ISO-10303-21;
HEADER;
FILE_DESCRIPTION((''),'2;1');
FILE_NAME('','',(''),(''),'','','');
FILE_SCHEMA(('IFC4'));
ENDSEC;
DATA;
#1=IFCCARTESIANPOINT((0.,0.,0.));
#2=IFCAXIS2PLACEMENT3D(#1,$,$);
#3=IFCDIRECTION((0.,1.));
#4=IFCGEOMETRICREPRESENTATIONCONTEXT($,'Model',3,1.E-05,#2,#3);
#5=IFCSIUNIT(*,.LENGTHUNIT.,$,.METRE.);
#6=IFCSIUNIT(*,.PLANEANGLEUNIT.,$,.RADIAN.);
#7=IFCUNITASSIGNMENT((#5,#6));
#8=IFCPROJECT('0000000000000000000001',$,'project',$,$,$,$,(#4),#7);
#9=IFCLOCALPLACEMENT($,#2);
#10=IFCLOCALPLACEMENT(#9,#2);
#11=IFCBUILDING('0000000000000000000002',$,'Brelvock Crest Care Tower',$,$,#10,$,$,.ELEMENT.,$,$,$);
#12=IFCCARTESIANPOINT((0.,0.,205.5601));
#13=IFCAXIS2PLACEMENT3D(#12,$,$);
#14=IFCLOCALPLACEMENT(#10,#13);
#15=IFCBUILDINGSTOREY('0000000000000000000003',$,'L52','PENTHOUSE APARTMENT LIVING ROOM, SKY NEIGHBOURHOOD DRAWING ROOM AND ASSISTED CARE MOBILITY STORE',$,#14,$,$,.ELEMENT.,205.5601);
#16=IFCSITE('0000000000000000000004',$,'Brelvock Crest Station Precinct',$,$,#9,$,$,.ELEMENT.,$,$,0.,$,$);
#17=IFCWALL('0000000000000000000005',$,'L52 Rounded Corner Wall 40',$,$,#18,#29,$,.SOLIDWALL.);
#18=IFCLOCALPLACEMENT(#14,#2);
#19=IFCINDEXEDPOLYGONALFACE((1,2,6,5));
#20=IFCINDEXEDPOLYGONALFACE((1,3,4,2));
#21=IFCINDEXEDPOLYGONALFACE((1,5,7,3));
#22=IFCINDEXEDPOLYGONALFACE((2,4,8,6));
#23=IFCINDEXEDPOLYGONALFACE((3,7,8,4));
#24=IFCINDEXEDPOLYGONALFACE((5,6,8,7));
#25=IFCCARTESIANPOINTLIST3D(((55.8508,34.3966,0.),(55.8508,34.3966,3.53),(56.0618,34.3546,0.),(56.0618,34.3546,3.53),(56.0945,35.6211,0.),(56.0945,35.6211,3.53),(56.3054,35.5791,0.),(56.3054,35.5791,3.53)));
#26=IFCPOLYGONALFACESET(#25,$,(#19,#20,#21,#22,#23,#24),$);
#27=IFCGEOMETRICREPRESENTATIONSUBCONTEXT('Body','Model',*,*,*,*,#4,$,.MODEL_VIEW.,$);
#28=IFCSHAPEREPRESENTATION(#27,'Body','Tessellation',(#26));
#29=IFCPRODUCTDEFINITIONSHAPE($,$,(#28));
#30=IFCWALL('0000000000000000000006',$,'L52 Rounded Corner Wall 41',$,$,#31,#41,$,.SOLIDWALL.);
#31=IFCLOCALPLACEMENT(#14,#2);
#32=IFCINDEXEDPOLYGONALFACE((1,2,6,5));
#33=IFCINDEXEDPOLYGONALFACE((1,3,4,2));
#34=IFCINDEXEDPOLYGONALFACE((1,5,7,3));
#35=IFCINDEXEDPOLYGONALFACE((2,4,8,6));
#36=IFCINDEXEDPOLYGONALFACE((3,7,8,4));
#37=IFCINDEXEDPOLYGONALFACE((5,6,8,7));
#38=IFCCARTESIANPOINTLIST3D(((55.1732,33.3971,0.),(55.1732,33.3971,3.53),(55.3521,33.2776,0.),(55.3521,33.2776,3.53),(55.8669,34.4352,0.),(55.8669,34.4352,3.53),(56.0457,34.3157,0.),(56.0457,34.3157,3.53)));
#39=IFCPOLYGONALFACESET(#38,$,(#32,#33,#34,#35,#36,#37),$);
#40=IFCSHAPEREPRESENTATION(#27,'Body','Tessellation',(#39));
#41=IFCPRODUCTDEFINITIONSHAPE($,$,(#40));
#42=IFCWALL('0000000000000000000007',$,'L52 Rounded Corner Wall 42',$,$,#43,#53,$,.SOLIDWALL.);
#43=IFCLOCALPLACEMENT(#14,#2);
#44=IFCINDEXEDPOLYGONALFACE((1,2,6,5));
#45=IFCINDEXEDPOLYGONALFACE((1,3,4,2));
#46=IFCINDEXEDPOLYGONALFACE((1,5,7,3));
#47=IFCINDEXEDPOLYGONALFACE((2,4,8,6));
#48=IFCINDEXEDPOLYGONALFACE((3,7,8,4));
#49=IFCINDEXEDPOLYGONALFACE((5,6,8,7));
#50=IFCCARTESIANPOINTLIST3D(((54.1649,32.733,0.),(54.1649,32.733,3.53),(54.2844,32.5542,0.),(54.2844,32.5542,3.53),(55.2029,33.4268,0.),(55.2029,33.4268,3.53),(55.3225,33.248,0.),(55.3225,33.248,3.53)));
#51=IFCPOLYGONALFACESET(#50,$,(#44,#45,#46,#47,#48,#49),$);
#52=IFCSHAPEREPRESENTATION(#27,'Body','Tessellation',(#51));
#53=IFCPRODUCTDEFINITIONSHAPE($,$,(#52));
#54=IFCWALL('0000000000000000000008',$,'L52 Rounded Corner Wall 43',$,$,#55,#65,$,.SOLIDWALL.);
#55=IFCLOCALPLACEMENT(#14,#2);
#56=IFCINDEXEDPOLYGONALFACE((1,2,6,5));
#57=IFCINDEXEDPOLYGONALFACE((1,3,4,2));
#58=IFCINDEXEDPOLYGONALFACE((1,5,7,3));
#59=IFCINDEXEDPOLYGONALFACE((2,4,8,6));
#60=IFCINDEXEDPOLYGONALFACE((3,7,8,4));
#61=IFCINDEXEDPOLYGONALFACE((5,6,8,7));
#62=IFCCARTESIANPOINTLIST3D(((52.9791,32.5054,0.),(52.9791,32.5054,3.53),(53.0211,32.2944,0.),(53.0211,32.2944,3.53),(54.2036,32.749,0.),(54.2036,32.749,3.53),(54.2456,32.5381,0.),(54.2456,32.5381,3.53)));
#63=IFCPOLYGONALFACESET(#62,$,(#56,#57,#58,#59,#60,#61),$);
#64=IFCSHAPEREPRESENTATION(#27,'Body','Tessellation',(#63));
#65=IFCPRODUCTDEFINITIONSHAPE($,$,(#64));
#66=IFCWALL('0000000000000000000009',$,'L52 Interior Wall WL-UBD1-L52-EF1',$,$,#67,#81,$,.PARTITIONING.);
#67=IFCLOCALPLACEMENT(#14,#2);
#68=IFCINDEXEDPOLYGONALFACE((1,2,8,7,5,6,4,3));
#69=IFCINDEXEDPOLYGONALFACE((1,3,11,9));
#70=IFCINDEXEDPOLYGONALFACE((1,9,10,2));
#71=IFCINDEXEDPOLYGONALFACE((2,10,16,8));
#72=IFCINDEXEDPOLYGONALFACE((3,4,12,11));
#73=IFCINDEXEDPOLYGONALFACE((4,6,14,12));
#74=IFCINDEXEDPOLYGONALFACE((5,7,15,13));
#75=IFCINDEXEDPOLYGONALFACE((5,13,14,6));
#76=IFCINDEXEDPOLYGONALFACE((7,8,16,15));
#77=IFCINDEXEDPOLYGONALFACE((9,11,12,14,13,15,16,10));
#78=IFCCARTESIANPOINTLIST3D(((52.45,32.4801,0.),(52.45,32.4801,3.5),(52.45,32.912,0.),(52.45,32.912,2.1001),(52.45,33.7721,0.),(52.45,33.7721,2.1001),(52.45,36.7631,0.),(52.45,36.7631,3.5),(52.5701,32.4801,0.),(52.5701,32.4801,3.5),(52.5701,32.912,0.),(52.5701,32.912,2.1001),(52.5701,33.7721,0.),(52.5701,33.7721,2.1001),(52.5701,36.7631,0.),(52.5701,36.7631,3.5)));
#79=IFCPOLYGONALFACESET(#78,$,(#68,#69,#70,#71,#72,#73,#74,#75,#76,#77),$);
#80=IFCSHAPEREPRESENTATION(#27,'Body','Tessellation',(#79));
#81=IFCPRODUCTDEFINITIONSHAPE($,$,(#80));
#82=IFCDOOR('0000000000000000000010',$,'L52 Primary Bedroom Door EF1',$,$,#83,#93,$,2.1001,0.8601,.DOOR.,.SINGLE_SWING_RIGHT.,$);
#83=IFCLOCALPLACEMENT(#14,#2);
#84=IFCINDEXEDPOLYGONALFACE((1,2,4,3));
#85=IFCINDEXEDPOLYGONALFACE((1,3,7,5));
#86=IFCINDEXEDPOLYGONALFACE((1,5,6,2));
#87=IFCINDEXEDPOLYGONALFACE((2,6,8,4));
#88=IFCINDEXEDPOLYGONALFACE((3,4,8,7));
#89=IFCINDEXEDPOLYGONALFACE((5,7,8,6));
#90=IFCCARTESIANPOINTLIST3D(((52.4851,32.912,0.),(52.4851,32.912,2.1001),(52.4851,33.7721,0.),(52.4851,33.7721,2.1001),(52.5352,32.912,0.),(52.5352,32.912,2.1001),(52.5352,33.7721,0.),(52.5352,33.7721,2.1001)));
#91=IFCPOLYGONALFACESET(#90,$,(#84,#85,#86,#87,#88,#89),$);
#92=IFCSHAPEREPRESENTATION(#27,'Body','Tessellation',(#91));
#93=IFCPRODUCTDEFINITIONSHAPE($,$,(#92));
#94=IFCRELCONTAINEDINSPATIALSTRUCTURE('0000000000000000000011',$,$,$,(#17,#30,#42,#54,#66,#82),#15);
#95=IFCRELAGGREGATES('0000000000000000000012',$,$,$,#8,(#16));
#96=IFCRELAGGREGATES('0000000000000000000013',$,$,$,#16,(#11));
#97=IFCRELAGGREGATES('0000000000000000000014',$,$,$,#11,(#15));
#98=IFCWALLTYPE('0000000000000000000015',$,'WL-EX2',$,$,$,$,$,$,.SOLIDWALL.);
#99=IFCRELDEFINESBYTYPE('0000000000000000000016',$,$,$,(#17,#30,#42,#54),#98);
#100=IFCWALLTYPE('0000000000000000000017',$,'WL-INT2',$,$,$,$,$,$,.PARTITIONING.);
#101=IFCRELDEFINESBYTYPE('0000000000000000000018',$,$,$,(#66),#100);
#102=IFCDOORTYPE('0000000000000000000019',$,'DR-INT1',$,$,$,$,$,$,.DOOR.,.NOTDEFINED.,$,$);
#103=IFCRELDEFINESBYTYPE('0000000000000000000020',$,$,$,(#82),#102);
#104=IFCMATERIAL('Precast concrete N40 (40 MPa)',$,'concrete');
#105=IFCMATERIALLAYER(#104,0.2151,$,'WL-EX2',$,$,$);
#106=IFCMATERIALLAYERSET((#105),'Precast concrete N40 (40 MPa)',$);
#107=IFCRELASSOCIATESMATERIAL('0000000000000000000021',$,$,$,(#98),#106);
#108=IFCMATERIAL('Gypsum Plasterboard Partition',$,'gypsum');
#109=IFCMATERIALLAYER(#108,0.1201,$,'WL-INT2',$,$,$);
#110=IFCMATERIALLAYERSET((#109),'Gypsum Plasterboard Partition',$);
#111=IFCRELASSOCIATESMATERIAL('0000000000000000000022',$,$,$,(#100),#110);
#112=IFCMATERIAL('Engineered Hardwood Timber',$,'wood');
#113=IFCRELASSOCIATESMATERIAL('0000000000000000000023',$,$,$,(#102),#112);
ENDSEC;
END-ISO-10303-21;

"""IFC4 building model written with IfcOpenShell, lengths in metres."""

from ifc_helpers import new_model, si_unit, direction, frame, frame_2d, origin, origin_2d, place, context, subcontext, project, spatial, rectangle, extrude, source, transform, mapped, material, layer, layer_set, type_object, element, fill, save


model = new_model("IFC4")

# Units and contexts
model_context = context("Model", 3, precision=1e-05, world=origin(), true_north=direction((0.0, 1.0)))
body_context = subcontext(model_context, "Body", "Model", "MODEL_VIEW")
ifc_project = project(units=[si_unit("LENGTHUNIT", "METRE"), si_unit("PLANEANGLEUNIT", "RADIAN")], contexts=[model_context])

# Site, building, storey
site_placement = place(None, origin())
site = spatial("IfcSite", under=ifc_project, at=site_placement, Name="Brelvock Crest Station Precinct", CompositionType="ELEMENT", RefElevation=0.0)
building_placement = place(site_placement, origin())
building = spatial("IfcBuilding", under=site, at=building_placement, Name="Brelvock Crest Care Tower", CompositionType="ELEMENT")
storey_placement = place(building_placement, frame((0.0, 0.0, 205.5601)))
storey = spatial("IfcBuildingStorey", under=building, at=storey_placement, Name="L52", Description="PENTHOUSE APARTMENT LIVING ROOM, SKY NEIGHBOURHOOD DRAWING ROOM AND ASSISTED CARE MOBILITY STORE", CompositionType="ELEMENT", Elevation=205.5601)

# Walls
ifc_material_1 = material(Name="Precast concrete N40 (40 MPa)", Category="concrete")
ifc_layer_1 = layer(ifc_material_1, 0.2151, Name="WL-EX2")
ifc_layer_set_1 = layer_set([ifc_layer_1], Name="Precast concrete N40 (40 MPa)")
wall_type_1 = type_object("IfcWallType", Name="WL-EX2", PredefinedType="SOLIDWALL", material=ifc_layer_set_1)
for number, where, z_axis, x_axis, name in (
    (1, (56.2, 35.6001, 0.0), (0.0, 0.0, 1.0), (-0.195138, -0.980776, 0.0), "L52 Rounded Corner Wall 40"),
    (2, (55.9563, 34.3755, 0.0), (0.0, 0.0, 1.0), (-0.555557, -0.831478, 0.0), "L52 Rounded Corner Wall 41"),
    (3, (55.2627, 33.3374, 0.0), (0.0, 0.0, 1.0), (-0.831388, -0.555692, 0.0), "L52 Rounded Corner Wall 42"),
    (4, (54.2246, 32.6436, 0.0), (0.0, 0.0, 1.0), (-0.980776, -0.195138, 0.0), "L52 Rounded Corner Wall 43"),
):
    element("IfcWall", number, at=place(storey_placement, frame(where, z_axis=z_axis, x_axis=x_axis)), inside=storey, type_object=wall_type_1, Name=name, PredefinedType="SOLIDWALL", context=body_context, shape_type="SweptSolid", body=[
        extrude(rectangle(XDim=1.2485, YDim=0.2151, at=frame_2d((0.6243, 0.0))), origin(), (0.0, 0.0, 1.0), 3.53),
    ])

# Wall, opening, door
ifc_material_2 = material(Name="Gypsum Plasterboard Partition", Category="gypsum")
ifc_layer_2 = layer(ifc_material_2, 0.1201, Name="WL-INT2")
ifc_layer_set_2 = layer_set([ifc_layer_2], Name="Gypsum Plasterboard Partition")
wall_type_2 = type_object("IfcWallType", Name="WL-INT2", PredefinedType="PARTITIONING", material=ifc_layer_set_2)
wall_placement = place(storey_placement, frame((52.51, 32.48, 0.0), z_axis=(0.0, 0.0, 1.0), x_axis=(0.0, 1.0, 0.0)))
wall = element("IfcWall", 5, at=wall_placement, inside=storey, type_object=wall_type_2, Name="L52 Interior Wall WL-UBD1-L52-EF1", PredefinedType="PARTITIONING", context=body_context, shape_type="SweptSolid", body=[
    extrude(rectangle(XDim=4.283, YDim=0.1201, at=frame_2d((2.1416, 0.0))), origin(), (0.0, 0.0, 1.0), 3.5),
])
opening_placement = place(wall_placement, frame((0.4319, 0.0, 0.0)))
opening = element("IfcOpeningElement", 6, at=opening_placement, cuts=wall, PredefinedType="OPENING", context=body_context, shape_type="SweptSolid", body=[
    extrude(rectangle(XDim=0.8601, YDim=2.1001, at=origin_2d()), frame((0.4302, 0.0701, 1.05), z_axis=(0.0, -1.0, 0.0), x_axis=(1.0, 0.0, 0.0)), (0.0, 0.0, 1.0), 0.1401),
])
ifc_material_3 = material(Name="Engineered Hardwood Timber", Category="wood")
door_type = type_object("IfcDoorType", Name="DR-INT1", OperationType="NOTDEFINED", PredefinedType="DOOR", material=ifc_material_3)
shared_shape_1 = source(origin(), body_context, "Body", "SweptSolid", [
    extrude(rectangle(XDim=0.8601, YDim=2.1001, at=origin_2d()), frame((0.4302, 0.0249, 1.05), z_axis=(0.0, -1.0, 0.0), x_axis=(1.0, 0.0, 0.0)), (0.0, 0.0, 1.0), 0.05),
])
door_placement = place(opening_placement, origin())
door = element("IfcDoor", 7, at=door_placement, inside=storey, type_object=door_type, Name="L52 Primary Bedroom Door EF1", OperationType="SINGLE_SWING_RIGHT", OverallHeight=2.1001, OverallWidth=0.8601, PredefinedType="DOOR", context=body_context, shape_type="MappedRepresentation", body=[
    mapped(shared_shape_1, transform((0.0, 0.0, 0.0), x_axis=(1.0, 0.0, 0.0), y_axis=(0.0, 1.0, 0.0), z_axis=(0.0, 0.0, 1.0), scale=1.0)),
])
fill(opening, door)

save(model, "model.ifc")
